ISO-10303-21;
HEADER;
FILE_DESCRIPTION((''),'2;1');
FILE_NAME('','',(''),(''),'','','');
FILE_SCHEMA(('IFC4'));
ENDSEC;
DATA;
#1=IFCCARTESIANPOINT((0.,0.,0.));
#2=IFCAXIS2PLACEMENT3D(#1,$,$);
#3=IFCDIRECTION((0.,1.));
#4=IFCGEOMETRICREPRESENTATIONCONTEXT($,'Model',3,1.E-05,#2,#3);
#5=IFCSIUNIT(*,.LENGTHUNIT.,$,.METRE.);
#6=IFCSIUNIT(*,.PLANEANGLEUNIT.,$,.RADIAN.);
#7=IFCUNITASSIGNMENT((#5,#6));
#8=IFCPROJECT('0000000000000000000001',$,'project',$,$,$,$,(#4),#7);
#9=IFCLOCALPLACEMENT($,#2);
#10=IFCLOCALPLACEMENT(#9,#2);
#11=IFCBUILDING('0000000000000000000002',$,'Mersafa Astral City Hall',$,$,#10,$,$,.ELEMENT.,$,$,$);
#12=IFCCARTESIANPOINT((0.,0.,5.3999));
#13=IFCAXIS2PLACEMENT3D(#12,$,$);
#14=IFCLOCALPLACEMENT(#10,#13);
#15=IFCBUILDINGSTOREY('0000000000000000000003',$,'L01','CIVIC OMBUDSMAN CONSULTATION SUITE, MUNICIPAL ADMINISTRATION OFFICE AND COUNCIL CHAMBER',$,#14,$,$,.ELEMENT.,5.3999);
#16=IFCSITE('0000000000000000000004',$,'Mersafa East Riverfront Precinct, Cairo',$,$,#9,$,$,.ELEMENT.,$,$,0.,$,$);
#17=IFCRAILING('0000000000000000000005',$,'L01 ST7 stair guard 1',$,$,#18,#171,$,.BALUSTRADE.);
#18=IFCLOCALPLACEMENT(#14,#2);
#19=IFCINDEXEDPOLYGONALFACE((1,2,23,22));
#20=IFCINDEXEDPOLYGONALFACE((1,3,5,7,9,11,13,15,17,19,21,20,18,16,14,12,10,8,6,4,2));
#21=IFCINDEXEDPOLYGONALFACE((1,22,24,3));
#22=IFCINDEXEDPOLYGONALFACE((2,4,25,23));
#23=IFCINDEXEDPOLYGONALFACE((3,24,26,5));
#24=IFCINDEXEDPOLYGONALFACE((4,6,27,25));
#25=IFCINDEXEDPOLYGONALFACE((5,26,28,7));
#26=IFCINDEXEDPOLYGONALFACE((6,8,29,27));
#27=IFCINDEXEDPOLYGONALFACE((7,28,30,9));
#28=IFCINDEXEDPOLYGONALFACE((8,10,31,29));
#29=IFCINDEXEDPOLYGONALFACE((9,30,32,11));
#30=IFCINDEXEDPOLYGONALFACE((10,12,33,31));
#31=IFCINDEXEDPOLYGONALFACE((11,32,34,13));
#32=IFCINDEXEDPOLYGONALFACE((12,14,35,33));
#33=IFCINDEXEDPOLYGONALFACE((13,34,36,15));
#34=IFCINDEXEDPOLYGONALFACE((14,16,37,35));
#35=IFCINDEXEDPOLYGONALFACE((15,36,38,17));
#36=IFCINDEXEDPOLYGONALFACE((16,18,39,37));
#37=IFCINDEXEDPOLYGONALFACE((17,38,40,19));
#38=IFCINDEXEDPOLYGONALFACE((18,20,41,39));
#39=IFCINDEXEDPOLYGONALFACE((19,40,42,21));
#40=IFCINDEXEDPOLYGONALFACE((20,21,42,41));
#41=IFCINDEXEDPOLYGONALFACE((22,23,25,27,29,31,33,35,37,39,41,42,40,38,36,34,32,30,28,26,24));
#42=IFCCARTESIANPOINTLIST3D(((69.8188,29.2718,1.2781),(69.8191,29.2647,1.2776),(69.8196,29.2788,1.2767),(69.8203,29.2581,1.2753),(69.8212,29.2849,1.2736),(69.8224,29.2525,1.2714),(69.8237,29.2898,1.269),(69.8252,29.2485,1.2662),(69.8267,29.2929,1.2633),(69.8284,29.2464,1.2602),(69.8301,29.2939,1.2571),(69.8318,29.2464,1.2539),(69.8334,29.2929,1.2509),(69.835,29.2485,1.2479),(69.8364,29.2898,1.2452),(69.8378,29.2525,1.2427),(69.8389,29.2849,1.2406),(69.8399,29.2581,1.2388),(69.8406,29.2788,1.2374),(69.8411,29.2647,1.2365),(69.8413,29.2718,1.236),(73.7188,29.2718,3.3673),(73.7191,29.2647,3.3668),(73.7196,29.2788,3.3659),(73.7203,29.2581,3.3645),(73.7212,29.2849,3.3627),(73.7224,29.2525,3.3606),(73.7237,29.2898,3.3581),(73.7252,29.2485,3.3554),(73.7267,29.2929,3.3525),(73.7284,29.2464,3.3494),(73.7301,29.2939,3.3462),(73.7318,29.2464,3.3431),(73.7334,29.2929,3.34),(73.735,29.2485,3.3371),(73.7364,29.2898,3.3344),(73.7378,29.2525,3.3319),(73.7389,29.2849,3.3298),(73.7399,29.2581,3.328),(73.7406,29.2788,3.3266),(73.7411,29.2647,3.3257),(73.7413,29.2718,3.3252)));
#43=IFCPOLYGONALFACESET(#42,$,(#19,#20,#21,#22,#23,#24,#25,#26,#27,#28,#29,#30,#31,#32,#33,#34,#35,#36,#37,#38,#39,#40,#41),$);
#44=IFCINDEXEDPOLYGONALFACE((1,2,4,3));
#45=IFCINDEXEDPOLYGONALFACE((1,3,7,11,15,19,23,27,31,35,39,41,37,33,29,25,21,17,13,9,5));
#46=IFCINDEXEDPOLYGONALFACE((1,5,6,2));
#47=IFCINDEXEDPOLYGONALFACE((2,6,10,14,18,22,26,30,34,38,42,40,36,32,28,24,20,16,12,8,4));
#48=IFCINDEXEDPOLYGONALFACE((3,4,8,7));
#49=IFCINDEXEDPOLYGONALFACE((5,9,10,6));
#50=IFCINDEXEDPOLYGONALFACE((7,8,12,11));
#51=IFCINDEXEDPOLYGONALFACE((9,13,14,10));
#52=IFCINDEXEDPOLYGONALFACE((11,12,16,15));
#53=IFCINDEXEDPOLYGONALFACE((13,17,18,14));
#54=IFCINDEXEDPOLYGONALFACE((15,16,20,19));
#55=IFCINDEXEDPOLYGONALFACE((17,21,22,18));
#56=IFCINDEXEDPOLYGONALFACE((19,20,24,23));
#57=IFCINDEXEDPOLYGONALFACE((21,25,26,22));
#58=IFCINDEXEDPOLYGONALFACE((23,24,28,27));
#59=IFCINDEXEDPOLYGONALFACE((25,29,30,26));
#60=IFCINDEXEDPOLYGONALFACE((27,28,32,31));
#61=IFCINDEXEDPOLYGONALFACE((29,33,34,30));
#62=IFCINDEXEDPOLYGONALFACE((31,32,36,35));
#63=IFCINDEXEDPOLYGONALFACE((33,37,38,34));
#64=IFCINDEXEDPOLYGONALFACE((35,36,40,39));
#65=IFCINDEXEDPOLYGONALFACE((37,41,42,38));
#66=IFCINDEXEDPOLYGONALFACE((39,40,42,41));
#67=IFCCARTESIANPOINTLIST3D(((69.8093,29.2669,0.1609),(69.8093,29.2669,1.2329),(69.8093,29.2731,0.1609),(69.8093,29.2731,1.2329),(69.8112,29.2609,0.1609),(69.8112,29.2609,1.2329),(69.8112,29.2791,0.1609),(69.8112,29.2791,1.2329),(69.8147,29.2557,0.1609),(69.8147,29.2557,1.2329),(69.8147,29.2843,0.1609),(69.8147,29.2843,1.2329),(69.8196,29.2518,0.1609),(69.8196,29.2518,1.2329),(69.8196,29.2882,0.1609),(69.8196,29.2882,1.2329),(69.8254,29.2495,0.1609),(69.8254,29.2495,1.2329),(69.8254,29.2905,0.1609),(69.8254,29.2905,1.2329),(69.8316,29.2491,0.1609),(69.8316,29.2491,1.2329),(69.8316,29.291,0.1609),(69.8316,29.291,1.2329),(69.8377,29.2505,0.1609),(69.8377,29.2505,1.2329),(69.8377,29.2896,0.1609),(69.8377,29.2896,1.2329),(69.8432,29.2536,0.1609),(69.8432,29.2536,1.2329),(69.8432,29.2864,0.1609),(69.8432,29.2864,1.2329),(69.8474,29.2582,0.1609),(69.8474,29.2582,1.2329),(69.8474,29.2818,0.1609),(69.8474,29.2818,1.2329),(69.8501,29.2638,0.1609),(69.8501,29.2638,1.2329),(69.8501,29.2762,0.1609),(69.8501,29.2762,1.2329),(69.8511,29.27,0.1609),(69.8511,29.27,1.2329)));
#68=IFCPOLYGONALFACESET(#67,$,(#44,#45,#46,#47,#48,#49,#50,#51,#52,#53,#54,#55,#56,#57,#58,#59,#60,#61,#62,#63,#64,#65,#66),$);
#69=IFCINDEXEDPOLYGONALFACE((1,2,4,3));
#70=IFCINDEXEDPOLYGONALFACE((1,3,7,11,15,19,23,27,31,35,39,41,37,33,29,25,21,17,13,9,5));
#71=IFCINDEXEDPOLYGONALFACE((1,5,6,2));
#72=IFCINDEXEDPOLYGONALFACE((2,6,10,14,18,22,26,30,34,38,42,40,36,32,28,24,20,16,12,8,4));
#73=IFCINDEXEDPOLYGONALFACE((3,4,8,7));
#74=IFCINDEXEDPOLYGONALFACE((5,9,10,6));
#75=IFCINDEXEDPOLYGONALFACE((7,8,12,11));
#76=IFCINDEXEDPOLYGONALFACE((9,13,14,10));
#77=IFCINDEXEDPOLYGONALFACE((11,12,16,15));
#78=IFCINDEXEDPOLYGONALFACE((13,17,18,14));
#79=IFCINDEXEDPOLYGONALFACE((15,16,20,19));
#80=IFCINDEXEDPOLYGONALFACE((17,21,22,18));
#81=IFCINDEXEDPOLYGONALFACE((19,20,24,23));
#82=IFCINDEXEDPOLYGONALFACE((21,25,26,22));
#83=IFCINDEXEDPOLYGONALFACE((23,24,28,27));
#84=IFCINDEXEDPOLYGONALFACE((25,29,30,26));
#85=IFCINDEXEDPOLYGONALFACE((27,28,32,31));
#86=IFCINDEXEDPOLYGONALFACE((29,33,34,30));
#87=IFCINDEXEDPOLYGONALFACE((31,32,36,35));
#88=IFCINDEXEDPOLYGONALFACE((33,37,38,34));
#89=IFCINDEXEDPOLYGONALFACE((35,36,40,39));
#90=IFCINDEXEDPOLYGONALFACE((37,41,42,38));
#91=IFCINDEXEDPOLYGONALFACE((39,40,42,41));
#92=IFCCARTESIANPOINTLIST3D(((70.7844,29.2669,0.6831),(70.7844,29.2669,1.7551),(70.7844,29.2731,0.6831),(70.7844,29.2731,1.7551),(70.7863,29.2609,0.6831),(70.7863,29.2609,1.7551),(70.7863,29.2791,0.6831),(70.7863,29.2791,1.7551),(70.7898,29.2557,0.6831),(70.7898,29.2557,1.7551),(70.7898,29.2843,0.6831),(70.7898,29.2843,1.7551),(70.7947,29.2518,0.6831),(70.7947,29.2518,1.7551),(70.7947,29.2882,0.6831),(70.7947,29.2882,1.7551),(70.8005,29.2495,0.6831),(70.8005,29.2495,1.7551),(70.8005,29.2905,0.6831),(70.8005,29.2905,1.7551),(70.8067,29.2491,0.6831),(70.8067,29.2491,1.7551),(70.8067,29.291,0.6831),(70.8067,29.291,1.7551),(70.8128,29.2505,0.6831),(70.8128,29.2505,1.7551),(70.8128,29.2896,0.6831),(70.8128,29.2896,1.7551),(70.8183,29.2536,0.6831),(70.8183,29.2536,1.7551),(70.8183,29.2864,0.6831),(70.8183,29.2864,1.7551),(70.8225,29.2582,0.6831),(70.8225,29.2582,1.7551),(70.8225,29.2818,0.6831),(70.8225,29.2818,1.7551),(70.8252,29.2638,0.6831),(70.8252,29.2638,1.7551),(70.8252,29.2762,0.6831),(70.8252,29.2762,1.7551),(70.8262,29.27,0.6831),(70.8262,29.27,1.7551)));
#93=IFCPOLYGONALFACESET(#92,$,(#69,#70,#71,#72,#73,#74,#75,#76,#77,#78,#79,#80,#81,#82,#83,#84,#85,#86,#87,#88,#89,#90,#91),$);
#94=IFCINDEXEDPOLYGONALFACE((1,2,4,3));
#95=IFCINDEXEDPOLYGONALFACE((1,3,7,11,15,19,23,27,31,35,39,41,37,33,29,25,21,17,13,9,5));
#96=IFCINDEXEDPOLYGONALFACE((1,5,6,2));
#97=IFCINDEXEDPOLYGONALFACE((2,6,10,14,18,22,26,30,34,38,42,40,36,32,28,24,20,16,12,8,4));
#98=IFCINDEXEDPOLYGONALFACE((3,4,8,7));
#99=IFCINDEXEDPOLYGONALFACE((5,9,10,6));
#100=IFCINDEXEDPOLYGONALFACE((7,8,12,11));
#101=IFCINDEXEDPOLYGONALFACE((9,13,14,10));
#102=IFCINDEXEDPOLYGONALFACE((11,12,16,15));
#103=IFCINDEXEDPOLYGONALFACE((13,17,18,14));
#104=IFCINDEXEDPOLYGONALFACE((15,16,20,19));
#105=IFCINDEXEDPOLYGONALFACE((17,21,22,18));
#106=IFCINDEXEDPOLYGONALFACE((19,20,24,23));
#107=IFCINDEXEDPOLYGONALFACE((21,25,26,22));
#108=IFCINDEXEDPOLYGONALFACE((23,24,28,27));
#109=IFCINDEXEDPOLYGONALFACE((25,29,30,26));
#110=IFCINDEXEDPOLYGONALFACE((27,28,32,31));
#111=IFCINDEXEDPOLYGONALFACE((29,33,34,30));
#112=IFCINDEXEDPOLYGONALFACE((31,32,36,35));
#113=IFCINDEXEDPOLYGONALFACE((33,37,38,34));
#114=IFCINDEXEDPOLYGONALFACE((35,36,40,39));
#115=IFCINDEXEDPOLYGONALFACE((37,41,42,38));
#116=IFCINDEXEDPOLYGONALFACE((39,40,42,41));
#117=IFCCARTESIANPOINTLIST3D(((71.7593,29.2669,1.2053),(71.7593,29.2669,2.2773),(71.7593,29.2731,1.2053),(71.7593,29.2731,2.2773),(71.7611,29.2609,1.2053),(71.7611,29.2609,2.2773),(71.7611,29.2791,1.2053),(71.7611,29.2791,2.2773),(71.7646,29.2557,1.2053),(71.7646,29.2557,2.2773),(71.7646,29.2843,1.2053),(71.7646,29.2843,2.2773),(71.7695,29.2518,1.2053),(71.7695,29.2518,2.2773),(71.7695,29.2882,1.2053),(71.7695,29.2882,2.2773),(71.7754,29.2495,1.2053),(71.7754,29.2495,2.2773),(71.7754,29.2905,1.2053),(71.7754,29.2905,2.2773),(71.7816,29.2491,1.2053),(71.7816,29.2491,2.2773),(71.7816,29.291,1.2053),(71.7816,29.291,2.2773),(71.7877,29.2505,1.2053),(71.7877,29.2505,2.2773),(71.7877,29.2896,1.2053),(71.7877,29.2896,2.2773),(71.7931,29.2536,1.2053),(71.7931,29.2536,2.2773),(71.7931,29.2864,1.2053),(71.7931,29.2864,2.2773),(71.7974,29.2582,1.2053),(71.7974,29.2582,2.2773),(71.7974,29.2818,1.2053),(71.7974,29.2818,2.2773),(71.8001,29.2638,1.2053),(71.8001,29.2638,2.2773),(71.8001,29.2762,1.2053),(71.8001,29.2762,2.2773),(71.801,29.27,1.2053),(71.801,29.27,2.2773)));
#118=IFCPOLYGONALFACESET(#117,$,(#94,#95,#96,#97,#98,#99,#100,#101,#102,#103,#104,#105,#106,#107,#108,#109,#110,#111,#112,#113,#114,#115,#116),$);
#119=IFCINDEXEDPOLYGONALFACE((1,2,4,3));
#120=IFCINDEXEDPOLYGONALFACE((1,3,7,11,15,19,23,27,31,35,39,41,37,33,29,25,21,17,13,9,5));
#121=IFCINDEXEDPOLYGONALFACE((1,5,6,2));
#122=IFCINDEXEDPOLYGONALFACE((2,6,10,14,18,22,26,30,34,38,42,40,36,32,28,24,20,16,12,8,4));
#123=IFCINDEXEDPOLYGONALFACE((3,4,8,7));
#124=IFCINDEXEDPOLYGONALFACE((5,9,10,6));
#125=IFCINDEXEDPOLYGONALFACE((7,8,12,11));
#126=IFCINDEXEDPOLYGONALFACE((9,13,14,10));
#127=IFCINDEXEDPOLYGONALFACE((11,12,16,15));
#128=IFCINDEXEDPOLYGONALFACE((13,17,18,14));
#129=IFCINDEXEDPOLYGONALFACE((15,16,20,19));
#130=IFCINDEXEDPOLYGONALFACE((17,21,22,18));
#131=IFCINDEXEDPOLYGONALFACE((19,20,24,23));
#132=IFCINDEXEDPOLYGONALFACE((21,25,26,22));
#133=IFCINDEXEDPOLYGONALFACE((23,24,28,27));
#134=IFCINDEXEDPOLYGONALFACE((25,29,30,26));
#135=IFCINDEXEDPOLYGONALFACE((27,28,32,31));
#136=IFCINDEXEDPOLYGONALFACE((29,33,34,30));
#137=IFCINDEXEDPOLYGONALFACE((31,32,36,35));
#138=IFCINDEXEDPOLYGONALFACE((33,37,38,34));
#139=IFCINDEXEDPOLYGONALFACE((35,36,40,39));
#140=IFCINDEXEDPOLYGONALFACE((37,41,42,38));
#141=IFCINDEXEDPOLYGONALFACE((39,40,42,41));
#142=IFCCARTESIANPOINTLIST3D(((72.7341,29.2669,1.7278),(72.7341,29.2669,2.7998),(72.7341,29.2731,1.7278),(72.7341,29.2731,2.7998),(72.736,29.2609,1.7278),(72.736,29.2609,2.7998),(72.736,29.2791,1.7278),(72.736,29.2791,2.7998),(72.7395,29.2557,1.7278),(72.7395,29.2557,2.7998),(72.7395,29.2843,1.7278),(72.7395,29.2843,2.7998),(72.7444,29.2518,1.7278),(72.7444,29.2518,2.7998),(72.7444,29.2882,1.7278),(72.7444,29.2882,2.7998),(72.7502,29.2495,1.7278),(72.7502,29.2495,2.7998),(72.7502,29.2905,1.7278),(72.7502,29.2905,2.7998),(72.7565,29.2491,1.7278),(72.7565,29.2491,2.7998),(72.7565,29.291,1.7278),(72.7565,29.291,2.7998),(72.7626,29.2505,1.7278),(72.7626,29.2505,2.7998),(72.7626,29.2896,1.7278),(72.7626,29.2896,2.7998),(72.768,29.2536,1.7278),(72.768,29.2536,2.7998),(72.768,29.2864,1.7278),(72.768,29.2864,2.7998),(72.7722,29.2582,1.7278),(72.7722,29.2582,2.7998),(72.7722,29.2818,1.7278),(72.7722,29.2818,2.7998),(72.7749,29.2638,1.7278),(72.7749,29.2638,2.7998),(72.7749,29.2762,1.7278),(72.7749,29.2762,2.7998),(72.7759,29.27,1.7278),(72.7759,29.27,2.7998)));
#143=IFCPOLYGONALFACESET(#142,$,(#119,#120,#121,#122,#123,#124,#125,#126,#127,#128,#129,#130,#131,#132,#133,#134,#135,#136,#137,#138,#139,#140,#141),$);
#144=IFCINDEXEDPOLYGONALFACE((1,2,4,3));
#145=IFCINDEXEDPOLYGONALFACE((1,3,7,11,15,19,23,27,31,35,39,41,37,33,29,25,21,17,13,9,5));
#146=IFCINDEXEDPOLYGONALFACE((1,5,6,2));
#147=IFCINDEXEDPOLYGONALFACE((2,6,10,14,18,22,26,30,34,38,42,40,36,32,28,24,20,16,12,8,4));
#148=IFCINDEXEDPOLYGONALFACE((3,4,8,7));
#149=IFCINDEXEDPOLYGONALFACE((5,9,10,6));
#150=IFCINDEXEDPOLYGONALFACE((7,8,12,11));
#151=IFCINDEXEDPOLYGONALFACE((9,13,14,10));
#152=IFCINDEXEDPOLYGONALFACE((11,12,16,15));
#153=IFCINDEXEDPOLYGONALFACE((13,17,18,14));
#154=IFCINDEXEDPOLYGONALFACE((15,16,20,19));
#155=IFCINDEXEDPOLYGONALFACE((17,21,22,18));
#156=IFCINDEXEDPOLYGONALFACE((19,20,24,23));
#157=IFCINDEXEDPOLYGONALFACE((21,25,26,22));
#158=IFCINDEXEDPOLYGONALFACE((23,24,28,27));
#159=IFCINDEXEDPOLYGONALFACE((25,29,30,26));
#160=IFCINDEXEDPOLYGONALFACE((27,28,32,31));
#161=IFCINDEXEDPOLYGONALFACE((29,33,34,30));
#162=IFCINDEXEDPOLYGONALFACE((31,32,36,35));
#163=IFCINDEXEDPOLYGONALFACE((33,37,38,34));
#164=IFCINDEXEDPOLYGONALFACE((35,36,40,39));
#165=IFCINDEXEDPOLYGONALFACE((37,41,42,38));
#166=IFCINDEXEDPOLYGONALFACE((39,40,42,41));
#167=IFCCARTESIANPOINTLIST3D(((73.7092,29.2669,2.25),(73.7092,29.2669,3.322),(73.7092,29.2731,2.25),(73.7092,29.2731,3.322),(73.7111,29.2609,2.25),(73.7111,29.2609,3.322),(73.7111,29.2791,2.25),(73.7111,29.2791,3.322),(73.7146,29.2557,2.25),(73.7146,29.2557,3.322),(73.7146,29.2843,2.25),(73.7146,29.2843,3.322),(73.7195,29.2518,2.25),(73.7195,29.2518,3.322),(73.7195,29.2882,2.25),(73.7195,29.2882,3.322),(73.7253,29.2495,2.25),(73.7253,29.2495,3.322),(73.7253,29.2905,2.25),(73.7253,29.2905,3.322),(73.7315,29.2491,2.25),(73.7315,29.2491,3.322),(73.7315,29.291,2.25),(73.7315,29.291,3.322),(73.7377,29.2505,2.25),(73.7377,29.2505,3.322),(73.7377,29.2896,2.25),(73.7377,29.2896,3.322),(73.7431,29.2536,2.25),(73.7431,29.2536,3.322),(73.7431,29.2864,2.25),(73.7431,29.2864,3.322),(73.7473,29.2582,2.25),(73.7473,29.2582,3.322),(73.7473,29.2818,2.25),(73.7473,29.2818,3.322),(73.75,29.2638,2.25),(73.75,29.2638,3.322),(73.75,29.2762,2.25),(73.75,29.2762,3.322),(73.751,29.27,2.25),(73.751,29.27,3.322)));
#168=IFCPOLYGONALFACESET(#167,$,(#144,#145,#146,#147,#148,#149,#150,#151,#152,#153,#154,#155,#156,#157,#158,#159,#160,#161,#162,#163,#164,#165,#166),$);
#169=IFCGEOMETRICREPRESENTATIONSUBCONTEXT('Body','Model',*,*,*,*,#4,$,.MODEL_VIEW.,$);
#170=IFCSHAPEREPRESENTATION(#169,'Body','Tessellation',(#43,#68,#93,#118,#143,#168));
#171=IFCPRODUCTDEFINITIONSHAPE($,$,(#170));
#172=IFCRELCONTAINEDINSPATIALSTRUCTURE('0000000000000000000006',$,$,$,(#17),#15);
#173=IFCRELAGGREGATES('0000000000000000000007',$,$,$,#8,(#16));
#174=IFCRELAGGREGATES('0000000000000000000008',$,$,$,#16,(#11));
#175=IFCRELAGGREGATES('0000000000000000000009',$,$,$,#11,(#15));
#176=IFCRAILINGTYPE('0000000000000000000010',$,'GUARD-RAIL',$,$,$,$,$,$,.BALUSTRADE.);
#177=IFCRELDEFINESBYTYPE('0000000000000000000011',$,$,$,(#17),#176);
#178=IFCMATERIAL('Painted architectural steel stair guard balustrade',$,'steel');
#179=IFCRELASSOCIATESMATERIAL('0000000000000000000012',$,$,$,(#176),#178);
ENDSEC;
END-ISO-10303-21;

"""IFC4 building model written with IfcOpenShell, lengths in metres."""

from ifc_helpers import new_model, si_unit, direction, frame, origin, origin_2d, place, context, subcontext, project, spatial, circle, extrude, material, type_object, element, save


model = new_model("IFC4")

# Units and contexts
model_context = context("Model", 3, precision=1e-05, world=origin(), true_north=direction((0.0, 1.0)))
body_context = subcontext(model_context, "Body", "Model", "MODEL_VIEW")
ifc_project = project(units=[si_unit("LENGTHUNIT", "METRE"), si_unit("PLANEANGLEUNIT", "RADIAN")], contexts=[model_context])

# Site, building, storey
site_placement = place(None, origin())
site = spatial("IfcSite", under=ifc_project, at=site_placement, Name="Mersafa East Riverfront Precinct, Cairo", CompositionType="ELEMENT", RefElevation=0.0)
building_placement = place(site_placement, origin())
building = spatial("IfcBuilding", under=site, at=building_placement, Name="Mersafa Astral City Hall", CompositionType="ELEMENT")
storey_placement = place(building_placement, frame((0.0, 0.0, 5.3999)))
storey = spatial("IfcBuildingStorey", under=building, at=storey_placement, Name="L01", Description="CIVIC OMBUDSMAN CONSULTATION SUITE, MUNICIPAL ADMINISTRATION OFFICE AND COUNCIL CHAMBER", CompositionType="ELEMENT", Elevation=5.3999)

# Railing
ifc_material_1 = material(Name="Painted architectural steel stair guard balustrade", Category="steel")
railing_type_1 = type_object("IfcRailingType", Name="GUARD-RAIL", PredefinedType="BALUSTRADE", material=ifc_material_1)
railing_1_placement = place(storey_placement, frame((69.8301, 29.27, 0.1609)))
element("IfcRailing", 1, at=railing_1_placement, inside=storey, type_object=railing_type_1, Name="L01 ST7 stair guard 1", PredefinedType="BALUSTRADE", context=body_context, shape_type="SweptSolid", body=[
    extrude(circle(Radius=0.0239, at=origin_2d()), frame((0.0, 0.0, 1.0962), z_axis=(0.881491, 0.0, 0.4722), x_axis=(0.0, 1.0, 0.0)), (0.0, 0.0, 1.0), 4.4243),
    extrude(circle(Radius=0.021, at=origin_2d()), origin(), (0.0, 0.0, 1.0), 1.072),
    extrude(circle(Radius=0.021, at=origin_2d()), frame((0.9751, 0.0, 0.5222)), (0.0, 0.0, 1.0), 1.072),
    extrude(circle(Radius=0.021, at=origin_2d()), frame((1.95, 0.0, 1.0444)), (0.0, 0.0, 1.0), 1.072),
    extrude(circle(Radius=0.021, at=origin_2d()), frame((2.9248, 0.0, 1.5669)), (0.0, 0.0, 1.0), 1.072),
    extrude(circle(Radius=0.021, at=origin_2d()), frame((3.8999, 0.0, 2.0891)), (0.0, 0.0, 1.0), 1.072),
])

save(model, "model.ifc")
